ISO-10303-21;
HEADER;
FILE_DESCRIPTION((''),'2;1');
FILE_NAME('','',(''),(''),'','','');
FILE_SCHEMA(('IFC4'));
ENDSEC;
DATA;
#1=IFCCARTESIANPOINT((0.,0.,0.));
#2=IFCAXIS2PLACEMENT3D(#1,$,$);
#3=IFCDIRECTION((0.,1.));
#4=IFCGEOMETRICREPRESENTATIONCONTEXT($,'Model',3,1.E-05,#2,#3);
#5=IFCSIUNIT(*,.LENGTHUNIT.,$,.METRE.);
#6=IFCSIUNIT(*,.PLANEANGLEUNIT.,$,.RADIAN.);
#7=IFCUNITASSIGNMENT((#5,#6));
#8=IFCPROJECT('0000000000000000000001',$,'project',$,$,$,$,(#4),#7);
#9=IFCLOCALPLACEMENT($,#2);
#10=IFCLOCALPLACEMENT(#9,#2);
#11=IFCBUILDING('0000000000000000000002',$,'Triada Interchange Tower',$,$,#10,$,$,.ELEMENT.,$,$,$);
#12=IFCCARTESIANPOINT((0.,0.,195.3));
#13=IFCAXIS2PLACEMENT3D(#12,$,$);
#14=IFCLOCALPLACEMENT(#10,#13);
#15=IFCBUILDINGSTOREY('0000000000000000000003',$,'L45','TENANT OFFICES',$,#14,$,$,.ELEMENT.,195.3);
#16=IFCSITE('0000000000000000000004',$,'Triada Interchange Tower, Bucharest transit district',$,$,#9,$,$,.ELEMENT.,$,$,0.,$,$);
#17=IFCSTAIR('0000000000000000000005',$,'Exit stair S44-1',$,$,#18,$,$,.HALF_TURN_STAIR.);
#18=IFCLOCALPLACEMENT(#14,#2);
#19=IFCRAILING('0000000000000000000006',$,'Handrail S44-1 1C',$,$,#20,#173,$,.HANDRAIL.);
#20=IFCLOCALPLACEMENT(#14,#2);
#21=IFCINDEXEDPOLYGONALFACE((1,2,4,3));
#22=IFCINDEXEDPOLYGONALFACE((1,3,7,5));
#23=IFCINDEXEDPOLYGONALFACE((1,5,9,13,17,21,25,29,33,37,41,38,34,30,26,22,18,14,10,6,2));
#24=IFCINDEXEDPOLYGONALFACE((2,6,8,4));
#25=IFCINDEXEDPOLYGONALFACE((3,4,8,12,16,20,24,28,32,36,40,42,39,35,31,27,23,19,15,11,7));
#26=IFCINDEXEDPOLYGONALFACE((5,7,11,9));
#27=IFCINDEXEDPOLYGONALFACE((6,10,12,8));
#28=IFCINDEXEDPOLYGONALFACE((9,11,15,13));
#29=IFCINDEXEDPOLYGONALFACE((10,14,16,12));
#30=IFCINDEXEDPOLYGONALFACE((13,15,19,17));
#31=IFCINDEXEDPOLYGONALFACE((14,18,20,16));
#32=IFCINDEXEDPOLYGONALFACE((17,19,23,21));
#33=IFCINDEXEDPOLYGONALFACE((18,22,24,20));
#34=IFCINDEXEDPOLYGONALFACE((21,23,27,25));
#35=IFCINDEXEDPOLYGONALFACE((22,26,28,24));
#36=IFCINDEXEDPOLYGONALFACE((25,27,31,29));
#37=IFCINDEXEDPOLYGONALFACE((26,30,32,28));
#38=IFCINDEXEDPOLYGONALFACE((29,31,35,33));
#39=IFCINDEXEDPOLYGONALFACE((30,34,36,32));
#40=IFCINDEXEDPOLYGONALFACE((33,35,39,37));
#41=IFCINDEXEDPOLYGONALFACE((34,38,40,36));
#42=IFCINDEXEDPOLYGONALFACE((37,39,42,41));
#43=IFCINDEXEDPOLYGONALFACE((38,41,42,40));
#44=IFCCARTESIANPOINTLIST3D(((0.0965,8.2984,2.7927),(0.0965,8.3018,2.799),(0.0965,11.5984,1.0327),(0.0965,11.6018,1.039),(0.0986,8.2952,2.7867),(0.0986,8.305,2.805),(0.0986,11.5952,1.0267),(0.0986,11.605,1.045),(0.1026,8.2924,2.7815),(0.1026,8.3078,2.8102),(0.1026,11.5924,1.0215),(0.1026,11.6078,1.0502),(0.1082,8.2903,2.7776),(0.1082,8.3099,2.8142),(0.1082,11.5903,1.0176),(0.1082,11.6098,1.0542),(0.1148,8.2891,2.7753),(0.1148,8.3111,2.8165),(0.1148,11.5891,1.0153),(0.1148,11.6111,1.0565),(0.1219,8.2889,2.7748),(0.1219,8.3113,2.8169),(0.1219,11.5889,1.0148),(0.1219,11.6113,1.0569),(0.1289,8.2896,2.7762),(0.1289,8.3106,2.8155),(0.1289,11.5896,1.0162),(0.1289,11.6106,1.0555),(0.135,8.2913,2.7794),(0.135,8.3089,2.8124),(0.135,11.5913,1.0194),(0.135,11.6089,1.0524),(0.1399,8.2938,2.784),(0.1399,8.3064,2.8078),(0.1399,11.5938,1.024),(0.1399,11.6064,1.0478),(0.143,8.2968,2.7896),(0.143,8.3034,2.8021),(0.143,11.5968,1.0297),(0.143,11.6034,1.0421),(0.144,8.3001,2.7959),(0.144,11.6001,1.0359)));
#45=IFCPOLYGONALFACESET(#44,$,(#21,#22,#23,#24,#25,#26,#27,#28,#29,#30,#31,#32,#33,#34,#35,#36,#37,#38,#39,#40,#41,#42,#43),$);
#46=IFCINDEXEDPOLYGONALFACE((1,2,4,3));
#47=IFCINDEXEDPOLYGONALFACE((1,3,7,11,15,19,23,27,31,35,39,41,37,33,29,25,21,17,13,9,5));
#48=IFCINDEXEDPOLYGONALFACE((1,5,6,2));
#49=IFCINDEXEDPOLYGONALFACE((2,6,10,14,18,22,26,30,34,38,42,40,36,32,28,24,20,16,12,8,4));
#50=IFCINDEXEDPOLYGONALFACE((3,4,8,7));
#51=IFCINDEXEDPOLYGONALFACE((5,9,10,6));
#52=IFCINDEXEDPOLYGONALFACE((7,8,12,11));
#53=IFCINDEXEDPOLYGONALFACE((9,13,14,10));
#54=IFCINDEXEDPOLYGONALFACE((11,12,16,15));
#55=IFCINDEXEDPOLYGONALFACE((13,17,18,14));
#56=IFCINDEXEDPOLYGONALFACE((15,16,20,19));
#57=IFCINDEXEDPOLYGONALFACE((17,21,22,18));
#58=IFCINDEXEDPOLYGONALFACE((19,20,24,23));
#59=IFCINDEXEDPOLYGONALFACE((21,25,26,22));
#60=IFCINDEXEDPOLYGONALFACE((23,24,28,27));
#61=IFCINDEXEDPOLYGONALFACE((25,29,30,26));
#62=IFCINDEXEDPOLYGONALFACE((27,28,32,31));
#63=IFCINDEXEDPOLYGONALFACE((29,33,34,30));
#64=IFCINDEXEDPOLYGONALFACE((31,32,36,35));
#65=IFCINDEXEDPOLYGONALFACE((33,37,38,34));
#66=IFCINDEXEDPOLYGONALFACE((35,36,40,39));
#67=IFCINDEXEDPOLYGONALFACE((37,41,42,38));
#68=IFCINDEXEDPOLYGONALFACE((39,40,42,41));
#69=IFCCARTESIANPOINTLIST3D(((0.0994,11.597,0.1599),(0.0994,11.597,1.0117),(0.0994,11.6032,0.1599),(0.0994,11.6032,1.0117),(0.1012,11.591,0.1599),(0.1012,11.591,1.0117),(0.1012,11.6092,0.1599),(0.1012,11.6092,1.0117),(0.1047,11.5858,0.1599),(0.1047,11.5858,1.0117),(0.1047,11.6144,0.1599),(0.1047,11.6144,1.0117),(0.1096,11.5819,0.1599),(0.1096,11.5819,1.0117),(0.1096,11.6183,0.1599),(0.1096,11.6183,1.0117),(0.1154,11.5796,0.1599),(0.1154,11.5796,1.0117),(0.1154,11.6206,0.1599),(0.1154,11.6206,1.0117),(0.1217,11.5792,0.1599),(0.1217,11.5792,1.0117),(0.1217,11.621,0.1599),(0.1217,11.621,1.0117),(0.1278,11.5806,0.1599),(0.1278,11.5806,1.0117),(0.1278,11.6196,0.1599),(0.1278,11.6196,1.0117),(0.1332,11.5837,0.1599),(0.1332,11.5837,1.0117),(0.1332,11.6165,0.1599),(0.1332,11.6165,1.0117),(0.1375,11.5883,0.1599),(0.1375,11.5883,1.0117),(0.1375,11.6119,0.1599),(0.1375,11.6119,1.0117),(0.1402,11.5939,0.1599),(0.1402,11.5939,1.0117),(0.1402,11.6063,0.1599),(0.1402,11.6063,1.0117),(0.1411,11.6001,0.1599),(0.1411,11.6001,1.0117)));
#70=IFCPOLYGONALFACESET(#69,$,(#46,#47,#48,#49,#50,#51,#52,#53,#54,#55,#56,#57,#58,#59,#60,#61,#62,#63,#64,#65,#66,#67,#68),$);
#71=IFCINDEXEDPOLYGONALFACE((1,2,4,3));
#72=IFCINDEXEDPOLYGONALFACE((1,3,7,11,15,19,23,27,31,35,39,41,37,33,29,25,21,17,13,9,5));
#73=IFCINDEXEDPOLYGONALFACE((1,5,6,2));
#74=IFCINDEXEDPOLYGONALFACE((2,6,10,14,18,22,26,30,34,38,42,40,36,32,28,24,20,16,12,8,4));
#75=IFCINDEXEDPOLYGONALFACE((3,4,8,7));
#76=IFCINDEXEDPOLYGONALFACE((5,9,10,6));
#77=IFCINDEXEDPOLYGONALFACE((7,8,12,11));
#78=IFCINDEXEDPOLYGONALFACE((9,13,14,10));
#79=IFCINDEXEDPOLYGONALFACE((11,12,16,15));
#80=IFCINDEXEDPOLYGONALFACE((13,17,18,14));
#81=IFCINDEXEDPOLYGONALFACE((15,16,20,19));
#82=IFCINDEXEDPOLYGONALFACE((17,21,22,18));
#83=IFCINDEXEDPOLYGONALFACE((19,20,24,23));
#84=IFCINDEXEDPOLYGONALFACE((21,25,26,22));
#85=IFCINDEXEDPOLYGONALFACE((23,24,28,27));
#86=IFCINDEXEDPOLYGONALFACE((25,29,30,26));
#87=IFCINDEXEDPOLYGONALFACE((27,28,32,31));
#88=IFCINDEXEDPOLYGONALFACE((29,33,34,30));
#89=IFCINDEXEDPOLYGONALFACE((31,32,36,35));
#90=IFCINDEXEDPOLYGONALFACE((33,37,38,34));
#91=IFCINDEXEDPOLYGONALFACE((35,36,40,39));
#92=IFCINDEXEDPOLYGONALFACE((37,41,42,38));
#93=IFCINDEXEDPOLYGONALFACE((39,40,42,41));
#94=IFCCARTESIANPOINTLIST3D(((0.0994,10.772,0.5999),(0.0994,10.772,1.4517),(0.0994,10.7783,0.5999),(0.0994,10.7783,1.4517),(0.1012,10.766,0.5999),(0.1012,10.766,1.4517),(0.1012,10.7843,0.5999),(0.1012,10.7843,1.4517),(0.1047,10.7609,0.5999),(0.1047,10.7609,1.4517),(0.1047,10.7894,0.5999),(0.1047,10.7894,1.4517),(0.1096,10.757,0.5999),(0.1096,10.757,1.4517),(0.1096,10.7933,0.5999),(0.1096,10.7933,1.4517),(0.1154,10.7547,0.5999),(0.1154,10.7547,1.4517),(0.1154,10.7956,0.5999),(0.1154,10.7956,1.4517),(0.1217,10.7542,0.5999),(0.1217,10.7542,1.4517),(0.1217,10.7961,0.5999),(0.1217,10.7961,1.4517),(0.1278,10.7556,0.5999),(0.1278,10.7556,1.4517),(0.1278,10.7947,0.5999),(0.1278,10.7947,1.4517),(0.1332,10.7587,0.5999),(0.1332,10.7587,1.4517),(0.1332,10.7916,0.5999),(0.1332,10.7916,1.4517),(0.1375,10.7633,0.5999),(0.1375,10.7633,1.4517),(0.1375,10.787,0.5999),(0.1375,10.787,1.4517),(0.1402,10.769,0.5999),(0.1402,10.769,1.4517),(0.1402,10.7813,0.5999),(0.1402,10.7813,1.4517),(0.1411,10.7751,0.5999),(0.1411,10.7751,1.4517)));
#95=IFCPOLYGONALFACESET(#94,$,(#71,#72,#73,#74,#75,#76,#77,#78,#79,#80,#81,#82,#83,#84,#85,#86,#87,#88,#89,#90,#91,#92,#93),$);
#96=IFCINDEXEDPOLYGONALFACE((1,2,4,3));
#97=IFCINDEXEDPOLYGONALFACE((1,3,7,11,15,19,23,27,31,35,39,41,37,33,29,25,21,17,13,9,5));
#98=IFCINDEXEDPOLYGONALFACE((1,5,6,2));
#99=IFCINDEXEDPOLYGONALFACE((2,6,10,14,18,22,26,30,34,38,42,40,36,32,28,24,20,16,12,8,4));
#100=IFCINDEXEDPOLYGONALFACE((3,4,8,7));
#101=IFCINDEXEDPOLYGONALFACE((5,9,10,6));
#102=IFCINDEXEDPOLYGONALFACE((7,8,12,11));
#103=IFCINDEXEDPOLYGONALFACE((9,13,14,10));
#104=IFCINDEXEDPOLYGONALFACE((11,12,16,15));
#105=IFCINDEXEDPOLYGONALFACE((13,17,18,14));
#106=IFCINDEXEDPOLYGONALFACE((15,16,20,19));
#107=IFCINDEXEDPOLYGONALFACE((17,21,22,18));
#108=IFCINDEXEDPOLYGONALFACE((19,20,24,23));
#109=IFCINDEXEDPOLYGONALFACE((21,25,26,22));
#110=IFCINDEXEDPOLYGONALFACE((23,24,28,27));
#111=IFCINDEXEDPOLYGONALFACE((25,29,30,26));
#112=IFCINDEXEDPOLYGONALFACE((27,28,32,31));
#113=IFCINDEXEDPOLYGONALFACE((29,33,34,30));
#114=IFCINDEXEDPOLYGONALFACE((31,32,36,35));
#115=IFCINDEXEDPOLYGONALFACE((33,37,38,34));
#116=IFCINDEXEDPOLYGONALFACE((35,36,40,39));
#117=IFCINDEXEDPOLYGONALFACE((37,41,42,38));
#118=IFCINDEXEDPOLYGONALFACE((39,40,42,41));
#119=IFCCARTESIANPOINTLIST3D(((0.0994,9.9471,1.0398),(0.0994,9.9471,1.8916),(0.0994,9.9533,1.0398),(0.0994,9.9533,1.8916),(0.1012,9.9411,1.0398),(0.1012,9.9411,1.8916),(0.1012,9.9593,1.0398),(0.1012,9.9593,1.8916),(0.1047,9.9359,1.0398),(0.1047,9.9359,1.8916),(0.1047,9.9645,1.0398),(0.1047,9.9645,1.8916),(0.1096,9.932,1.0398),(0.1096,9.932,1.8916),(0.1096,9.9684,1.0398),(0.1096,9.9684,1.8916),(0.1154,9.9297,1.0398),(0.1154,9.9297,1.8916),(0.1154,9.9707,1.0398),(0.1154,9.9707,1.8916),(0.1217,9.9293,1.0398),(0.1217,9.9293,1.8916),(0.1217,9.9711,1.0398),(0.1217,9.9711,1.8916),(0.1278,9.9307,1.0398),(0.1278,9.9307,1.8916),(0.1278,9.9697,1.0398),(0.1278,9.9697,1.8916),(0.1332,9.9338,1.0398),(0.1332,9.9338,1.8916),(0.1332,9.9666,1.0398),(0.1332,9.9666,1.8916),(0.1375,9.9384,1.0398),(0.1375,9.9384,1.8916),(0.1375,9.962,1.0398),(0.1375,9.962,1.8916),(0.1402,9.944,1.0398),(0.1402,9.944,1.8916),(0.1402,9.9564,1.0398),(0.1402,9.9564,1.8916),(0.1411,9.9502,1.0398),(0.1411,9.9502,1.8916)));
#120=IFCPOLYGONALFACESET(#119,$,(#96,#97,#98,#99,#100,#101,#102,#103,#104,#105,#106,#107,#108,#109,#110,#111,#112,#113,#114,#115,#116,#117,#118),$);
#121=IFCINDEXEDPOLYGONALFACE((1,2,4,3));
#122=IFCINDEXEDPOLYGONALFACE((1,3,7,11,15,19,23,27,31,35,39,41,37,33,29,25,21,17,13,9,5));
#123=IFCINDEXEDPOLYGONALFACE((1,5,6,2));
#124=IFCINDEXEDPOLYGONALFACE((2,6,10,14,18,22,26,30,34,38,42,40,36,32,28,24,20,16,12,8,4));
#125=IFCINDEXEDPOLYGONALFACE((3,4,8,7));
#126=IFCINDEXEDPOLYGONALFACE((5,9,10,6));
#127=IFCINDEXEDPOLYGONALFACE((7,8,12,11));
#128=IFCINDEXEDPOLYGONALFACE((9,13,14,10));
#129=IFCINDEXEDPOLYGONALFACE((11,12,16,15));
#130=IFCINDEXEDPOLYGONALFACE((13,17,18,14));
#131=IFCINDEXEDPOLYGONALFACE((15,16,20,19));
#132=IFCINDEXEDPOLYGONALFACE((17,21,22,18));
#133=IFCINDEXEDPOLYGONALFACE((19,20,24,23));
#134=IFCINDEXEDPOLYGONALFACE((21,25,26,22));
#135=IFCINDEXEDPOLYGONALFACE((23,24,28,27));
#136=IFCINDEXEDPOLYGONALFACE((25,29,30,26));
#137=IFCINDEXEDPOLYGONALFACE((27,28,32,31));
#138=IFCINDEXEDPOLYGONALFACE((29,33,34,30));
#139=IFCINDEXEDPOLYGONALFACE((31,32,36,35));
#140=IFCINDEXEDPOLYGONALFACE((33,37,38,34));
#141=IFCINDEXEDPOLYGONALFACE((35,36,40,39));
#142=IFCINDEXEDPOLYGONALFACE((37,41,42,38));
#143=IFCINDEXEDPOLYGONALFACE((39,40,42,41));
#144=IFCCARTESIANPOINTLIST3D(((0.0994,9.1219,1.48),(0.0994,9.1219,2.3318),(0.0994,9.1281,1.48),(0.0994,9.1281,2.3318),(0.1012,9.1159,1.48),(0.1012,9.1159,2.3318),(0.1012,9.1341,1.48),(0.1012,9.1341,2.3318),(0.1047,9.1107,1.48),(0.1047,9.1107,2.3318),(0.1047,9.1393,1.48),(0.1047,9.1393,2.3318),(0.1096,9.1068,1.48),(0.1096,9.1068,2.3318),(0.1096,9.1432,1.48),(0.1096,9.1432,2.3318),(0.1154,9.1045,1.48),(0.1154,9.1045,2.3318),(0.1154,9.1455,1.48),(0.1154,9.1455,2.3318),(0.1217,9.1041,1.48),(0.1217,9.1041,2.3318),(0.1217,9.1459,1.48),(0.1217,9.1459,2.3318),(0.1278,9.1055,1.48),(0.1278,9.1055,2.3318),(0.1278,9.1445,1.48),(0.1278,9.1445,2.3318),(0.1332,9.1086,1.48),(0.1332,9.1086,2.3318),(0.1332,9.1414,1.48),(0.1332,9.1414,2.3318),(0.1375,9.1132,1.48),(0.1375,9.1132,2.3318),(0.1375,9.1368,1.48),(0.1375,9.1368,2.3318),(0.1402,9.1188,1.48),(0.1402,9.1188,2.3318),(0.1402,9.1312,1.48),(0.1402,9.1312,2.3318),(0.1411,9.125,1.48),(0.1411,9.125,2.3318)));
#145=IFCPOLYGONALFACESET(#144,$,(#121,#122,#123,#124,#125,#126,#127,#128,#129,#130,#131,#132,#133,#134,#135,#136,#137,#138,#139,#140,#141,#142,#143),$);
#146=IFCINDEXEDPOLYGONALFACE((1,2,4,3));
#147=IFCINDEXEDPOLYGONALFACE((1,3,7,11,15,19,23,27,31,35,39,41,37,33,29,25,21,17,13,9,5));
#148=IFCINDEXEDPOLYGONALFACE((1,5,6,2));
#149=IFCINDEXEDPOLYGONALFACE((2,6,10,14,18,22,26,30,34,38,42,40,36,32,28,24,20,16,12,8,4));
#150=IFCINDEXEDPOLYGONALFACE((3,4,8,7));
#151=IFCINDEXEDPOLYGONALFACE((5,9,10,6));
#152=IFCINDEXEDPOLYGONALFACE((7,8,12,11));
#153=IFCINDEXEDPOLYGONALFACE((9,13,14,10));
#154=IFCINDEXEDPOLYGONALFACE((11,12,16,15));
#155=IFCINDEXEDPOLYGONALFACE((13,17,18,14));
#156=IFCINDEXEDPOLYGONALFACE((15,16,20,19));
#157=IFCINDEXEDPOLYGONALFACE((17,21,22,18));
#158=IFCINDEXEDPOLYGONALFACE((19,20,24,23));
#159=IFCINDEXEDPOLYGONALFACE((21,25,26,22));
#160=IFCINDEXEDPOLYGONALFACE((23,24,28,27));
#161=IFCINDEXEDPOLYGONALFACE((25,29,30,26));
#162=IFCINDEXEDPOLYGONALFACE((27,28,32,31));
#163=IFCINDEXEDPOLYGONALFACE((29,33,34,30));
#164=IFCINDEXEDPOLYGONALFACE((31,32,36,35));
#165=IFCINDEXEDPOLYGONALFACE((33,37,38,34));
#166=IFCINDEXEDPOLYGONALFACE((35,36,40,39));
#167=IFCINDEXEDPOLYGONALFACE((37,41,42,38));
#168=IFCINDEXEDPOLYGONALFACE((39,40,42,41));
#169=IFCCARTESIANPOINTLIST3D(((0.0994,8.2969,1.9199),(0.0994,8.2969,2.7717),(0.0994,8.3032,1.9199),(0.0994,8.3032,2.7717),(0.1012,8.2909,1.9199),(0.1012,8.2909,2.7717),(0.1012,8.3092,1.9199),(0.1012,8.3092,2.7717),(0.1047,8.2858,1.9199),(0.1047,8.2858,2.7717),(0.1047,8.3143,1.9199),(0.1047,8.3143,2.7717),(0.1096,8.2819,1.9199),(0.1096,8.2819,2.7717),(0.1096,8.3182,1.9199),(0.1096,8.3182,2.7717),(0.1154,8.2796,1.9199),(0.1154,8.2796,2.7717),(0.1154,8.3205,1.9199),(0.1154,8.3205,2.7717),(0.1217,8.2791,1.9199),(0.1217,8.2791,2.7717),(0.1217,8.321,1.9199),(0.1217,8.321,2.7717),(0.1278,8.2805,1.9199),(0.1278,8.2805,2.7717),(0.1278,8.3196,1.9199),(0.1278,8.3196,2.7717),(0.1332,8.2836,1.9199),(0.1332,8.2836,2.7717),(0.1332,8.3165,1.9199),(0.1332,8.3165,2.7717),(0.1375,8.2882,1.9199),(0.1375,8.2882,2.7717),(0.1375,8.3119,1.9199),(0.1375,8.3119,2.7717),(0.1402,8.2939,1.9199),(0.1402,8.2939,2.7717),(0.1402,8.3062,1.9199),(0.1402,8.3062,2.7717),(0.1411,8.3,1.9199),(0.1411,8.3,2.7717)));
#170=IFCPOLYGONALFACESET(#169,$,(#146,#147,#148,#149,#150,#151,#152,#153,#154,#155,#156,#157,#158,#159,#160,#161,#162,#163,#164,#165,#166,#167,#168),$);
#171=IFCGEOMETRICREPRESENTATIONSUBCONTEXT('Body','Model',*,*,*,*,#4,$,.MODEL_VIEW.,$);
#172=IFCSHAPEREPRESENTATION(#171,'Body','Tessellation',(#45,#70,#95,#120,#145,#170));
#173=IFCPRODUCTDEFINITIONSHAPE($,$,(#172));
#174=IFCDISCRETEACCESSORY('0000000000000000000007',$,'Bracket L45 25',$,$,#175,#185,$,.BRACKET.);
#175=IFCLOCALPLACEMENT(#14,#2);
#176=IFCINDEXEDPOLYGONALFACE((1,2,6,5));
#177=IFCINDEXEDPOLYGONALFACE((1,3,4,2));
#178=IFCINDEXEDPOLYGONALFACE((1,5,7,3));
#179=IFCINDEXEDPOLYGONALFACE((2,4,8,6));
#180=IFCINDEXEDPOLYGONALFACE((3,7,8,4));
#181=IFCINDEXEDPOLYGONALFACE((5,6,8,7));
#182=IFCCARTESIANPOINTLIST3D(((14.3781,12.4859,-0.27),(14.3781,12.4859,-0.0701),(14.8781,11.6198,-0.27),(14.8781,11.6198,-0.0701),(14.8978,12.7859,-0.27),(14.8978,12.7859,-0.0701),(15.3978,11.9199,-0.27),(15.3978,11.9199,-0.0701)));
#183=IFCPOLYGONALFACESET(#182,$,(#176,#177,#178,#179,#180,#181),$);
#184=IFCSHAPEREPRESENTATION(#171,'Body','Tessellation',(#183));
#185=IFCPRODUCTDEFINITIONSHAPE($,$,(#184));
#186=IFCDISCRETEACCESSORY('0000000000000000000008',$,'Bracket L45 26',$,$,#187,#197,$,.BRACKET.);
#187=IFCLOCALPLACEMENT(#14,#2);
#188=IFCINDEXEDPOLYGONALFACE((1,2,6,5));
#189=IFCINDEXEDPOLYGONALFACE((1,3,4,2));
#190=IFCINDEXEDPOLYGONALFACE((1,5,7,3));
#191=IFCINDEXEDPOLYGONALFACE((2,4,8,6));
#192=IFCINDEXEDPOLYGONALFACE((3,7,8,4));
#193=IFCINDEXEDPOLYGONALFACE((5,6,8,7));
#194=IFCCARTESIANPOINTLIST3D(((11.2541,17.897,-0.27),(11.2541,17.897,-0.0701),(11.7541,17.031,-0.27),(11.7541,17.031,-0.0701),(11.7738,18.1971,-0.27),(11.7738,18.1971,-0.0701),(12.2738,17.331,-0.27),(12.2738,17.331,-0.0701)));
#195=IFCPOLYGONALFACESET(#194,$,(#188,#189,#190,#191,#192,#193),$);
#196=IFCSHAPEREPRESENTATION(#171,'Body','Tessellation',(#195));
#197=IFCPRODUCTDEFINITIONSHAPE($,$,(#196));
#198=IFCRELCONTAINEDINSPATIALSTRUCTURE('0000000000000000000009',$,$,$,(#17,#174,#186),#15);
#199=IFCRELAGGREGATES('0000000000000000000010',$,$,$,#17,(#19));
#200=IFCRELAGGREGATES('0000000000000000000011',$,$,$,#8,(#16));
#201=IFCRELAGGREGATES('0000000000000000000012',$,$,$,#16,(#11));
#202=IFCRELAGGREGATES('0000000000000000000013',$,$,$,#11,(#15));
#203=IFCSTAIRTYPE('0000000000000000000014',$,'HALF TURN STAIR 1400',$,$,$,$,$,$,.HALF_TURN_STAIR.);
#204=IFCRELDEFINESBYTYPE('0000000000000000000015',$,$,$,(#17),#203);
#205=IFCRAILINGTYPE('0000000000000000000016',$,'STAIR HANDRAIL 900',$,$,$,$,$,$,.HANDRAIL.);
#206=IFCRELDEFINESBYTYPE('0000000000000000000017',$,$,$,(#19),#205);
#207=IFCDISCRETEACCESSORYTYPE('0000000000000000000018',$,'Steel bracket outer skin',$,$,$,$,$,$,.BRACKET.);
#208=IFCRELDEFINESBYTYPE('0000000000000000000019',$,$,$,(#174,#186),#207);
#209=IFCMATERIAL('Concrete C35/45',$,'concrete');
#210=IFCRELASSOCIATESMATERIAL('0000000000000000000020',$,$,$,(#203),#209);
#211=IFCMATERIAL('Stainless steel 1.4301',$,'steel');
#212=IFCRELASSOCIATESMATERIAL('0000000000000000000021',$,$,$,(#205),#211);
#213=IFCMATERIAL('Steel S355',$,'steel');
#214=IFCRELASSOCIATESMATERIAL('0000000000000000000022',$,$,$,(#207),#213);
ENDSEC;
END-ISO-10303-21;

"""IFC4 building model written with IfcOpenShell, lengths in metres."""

from ifc_helpers import new_model, si_unit, direction, frame, origin, origin_2d, place, context, subcontext, project, spatial, rectangle, circle, extrude, material, type_object, element, aggregate, save


model = new_model("IFC4")

# Units and contexts
model_context = context("Model", 3, precision=1e-05, world=origin(), true_north=direction((0.0, 1.0)))
body_context = subcontext(model_context, "Body", "Model", "MODEL_VIEW")
ifc_project = project(units=[si_unit("LENGTHUNIT", "METRE"), si_unit("PLANEANGLEUNIT", "RADIAN")], contexts=[model_context])

# Site, building, storey
site_placement = place(None, origin())
site = spatial("IfcSite", under=ifc_project, at=site_placement, Name="Triada Interchange Tower, Bucharest transit district", CompositionType="ELEMENT", RefElevation=0.0)
building_placement = place(site_placement, origin())
building = spatial("IfcBuilding", under=site, at=building_placement, Name="Triada Interchange Tower", CompositionType="ELEMENT")
storey_placement = place(building_placement, frame((0.0, 0.0, 195.3)))
storey = spatial("IfcBuildingStorey", under=building, at=storey_placement, Name="L45", Description="TENANT OFFICES", CompositionType="ELEMENT", Elevation=195.3)

# Stair
ifc_material_1 = material(Name="Concrete C35/45", Category="concrete")
stair_type = type_object("IfcStairType", Name="HALF TURN STAIR 1400", PredefinedType="HALF_TURN_STAIR", material=ifc_material_1)
stair_placement = place(storey_placement, origin())
stair = element("IfcStair", 1, at=stair_placement, inside=storey, type_object=stair_type, Name="Exit stair S44-1", PredefinedType="HALF_TURN_STAIR")

# Railing
ifc_material_2 = material(Name="Stainless steel 1.4301", Category="steel")
railing_type = type_object("IfcRailingType", Name="STAIR HANDRAIL 900", PredefinedType="HANDRAIL", material=ifc_material_2)
railing_1_placement = place(storey_placement, frame((0.1201, 11.6001, 0.1599)))
railing_1 = element("IfcRailing", 2, at=railing_1_placement, type_object=railing_type, Name="Handrail S44-1 1C", PredefinedType="HANDRAIL", context=body_context, shape_type="SweptSolid", body=[
    extrude(circle(Radius=0.0239, at=origin_2d()), frame((0.0, 0.0, 0.876), z_axis=(0.0, -0.882355, 0.470585), x_axis=(1.0, 0.0, 0.0)), (0.0, 0.0, 1.0), 3.74),
    extrude(circle(Radius=0.021, at=origin_2d()), origin(), (0.0, 0.0, 1.0), 0.8518),
    extrude(circle(Radius=0.021, at=origin_2d()), frame((0.0, -0.825, 0.4399)), (0.0, 0.0, 1.0), 0.8518),
    extrude(circle(Radius=0.021, at=origin_2d()), frame((0.0, -1.6499, 0.8799)), (0.0, 0.0, 1.0), 0.8518),
    extrude(circle(Radius=0.021, at=origin_2d()), frame((0.0, -2.4751, 1.3201)), (0.0, 0.0, 1.0), 0.8518),
    extrude(circle(Radius=0.021, at=origin_2d()), frame((0.0, -3.3, 1.76)), (0.0, 0.0, 1.0), 0.8518),
])
aggregate(stair, [railing_1])

# Discrete accessories
ifc_material_3 = material(Name="Steel S355", Category="steel")
discrete_accessory_type = type_object("IfcDiscreteAccessoryType", Name="Steel bracket outer skin", PredefinedType="BRACKET", material=ifc_material_3)
for number, where, z_axis, x_axis, name in (
    (3, (14.8879, 12.2029, -0.27), (0.0, 0.0, 1.0), (0.866023, 0.500003, 0.0), "Bracket L45 25"),
    (4, (11.7639, 17.614, -0.27), (0.0, 0.0, 1.0), (0.866023, 0.500003, 0.0), "Bracket L45 26"),
):
    element("IfcDiscreteAccessory", number, at=place(storey_placement, frame(where, z_axis=z_axis, x_axis=x_axis)), inside=storey, type_object=discrete_accessory_type, Name=name, PredefinedType="BRACKET", context=body_context, shape_type="SweptSolid", body=[
        extrude(rectangle(XDim=0.6001, YDim=1.0, at=origin_2d()), origin(), (0.0, 0.0, 1.0), 0.2),
    ])

save(model, "model.ifc")
